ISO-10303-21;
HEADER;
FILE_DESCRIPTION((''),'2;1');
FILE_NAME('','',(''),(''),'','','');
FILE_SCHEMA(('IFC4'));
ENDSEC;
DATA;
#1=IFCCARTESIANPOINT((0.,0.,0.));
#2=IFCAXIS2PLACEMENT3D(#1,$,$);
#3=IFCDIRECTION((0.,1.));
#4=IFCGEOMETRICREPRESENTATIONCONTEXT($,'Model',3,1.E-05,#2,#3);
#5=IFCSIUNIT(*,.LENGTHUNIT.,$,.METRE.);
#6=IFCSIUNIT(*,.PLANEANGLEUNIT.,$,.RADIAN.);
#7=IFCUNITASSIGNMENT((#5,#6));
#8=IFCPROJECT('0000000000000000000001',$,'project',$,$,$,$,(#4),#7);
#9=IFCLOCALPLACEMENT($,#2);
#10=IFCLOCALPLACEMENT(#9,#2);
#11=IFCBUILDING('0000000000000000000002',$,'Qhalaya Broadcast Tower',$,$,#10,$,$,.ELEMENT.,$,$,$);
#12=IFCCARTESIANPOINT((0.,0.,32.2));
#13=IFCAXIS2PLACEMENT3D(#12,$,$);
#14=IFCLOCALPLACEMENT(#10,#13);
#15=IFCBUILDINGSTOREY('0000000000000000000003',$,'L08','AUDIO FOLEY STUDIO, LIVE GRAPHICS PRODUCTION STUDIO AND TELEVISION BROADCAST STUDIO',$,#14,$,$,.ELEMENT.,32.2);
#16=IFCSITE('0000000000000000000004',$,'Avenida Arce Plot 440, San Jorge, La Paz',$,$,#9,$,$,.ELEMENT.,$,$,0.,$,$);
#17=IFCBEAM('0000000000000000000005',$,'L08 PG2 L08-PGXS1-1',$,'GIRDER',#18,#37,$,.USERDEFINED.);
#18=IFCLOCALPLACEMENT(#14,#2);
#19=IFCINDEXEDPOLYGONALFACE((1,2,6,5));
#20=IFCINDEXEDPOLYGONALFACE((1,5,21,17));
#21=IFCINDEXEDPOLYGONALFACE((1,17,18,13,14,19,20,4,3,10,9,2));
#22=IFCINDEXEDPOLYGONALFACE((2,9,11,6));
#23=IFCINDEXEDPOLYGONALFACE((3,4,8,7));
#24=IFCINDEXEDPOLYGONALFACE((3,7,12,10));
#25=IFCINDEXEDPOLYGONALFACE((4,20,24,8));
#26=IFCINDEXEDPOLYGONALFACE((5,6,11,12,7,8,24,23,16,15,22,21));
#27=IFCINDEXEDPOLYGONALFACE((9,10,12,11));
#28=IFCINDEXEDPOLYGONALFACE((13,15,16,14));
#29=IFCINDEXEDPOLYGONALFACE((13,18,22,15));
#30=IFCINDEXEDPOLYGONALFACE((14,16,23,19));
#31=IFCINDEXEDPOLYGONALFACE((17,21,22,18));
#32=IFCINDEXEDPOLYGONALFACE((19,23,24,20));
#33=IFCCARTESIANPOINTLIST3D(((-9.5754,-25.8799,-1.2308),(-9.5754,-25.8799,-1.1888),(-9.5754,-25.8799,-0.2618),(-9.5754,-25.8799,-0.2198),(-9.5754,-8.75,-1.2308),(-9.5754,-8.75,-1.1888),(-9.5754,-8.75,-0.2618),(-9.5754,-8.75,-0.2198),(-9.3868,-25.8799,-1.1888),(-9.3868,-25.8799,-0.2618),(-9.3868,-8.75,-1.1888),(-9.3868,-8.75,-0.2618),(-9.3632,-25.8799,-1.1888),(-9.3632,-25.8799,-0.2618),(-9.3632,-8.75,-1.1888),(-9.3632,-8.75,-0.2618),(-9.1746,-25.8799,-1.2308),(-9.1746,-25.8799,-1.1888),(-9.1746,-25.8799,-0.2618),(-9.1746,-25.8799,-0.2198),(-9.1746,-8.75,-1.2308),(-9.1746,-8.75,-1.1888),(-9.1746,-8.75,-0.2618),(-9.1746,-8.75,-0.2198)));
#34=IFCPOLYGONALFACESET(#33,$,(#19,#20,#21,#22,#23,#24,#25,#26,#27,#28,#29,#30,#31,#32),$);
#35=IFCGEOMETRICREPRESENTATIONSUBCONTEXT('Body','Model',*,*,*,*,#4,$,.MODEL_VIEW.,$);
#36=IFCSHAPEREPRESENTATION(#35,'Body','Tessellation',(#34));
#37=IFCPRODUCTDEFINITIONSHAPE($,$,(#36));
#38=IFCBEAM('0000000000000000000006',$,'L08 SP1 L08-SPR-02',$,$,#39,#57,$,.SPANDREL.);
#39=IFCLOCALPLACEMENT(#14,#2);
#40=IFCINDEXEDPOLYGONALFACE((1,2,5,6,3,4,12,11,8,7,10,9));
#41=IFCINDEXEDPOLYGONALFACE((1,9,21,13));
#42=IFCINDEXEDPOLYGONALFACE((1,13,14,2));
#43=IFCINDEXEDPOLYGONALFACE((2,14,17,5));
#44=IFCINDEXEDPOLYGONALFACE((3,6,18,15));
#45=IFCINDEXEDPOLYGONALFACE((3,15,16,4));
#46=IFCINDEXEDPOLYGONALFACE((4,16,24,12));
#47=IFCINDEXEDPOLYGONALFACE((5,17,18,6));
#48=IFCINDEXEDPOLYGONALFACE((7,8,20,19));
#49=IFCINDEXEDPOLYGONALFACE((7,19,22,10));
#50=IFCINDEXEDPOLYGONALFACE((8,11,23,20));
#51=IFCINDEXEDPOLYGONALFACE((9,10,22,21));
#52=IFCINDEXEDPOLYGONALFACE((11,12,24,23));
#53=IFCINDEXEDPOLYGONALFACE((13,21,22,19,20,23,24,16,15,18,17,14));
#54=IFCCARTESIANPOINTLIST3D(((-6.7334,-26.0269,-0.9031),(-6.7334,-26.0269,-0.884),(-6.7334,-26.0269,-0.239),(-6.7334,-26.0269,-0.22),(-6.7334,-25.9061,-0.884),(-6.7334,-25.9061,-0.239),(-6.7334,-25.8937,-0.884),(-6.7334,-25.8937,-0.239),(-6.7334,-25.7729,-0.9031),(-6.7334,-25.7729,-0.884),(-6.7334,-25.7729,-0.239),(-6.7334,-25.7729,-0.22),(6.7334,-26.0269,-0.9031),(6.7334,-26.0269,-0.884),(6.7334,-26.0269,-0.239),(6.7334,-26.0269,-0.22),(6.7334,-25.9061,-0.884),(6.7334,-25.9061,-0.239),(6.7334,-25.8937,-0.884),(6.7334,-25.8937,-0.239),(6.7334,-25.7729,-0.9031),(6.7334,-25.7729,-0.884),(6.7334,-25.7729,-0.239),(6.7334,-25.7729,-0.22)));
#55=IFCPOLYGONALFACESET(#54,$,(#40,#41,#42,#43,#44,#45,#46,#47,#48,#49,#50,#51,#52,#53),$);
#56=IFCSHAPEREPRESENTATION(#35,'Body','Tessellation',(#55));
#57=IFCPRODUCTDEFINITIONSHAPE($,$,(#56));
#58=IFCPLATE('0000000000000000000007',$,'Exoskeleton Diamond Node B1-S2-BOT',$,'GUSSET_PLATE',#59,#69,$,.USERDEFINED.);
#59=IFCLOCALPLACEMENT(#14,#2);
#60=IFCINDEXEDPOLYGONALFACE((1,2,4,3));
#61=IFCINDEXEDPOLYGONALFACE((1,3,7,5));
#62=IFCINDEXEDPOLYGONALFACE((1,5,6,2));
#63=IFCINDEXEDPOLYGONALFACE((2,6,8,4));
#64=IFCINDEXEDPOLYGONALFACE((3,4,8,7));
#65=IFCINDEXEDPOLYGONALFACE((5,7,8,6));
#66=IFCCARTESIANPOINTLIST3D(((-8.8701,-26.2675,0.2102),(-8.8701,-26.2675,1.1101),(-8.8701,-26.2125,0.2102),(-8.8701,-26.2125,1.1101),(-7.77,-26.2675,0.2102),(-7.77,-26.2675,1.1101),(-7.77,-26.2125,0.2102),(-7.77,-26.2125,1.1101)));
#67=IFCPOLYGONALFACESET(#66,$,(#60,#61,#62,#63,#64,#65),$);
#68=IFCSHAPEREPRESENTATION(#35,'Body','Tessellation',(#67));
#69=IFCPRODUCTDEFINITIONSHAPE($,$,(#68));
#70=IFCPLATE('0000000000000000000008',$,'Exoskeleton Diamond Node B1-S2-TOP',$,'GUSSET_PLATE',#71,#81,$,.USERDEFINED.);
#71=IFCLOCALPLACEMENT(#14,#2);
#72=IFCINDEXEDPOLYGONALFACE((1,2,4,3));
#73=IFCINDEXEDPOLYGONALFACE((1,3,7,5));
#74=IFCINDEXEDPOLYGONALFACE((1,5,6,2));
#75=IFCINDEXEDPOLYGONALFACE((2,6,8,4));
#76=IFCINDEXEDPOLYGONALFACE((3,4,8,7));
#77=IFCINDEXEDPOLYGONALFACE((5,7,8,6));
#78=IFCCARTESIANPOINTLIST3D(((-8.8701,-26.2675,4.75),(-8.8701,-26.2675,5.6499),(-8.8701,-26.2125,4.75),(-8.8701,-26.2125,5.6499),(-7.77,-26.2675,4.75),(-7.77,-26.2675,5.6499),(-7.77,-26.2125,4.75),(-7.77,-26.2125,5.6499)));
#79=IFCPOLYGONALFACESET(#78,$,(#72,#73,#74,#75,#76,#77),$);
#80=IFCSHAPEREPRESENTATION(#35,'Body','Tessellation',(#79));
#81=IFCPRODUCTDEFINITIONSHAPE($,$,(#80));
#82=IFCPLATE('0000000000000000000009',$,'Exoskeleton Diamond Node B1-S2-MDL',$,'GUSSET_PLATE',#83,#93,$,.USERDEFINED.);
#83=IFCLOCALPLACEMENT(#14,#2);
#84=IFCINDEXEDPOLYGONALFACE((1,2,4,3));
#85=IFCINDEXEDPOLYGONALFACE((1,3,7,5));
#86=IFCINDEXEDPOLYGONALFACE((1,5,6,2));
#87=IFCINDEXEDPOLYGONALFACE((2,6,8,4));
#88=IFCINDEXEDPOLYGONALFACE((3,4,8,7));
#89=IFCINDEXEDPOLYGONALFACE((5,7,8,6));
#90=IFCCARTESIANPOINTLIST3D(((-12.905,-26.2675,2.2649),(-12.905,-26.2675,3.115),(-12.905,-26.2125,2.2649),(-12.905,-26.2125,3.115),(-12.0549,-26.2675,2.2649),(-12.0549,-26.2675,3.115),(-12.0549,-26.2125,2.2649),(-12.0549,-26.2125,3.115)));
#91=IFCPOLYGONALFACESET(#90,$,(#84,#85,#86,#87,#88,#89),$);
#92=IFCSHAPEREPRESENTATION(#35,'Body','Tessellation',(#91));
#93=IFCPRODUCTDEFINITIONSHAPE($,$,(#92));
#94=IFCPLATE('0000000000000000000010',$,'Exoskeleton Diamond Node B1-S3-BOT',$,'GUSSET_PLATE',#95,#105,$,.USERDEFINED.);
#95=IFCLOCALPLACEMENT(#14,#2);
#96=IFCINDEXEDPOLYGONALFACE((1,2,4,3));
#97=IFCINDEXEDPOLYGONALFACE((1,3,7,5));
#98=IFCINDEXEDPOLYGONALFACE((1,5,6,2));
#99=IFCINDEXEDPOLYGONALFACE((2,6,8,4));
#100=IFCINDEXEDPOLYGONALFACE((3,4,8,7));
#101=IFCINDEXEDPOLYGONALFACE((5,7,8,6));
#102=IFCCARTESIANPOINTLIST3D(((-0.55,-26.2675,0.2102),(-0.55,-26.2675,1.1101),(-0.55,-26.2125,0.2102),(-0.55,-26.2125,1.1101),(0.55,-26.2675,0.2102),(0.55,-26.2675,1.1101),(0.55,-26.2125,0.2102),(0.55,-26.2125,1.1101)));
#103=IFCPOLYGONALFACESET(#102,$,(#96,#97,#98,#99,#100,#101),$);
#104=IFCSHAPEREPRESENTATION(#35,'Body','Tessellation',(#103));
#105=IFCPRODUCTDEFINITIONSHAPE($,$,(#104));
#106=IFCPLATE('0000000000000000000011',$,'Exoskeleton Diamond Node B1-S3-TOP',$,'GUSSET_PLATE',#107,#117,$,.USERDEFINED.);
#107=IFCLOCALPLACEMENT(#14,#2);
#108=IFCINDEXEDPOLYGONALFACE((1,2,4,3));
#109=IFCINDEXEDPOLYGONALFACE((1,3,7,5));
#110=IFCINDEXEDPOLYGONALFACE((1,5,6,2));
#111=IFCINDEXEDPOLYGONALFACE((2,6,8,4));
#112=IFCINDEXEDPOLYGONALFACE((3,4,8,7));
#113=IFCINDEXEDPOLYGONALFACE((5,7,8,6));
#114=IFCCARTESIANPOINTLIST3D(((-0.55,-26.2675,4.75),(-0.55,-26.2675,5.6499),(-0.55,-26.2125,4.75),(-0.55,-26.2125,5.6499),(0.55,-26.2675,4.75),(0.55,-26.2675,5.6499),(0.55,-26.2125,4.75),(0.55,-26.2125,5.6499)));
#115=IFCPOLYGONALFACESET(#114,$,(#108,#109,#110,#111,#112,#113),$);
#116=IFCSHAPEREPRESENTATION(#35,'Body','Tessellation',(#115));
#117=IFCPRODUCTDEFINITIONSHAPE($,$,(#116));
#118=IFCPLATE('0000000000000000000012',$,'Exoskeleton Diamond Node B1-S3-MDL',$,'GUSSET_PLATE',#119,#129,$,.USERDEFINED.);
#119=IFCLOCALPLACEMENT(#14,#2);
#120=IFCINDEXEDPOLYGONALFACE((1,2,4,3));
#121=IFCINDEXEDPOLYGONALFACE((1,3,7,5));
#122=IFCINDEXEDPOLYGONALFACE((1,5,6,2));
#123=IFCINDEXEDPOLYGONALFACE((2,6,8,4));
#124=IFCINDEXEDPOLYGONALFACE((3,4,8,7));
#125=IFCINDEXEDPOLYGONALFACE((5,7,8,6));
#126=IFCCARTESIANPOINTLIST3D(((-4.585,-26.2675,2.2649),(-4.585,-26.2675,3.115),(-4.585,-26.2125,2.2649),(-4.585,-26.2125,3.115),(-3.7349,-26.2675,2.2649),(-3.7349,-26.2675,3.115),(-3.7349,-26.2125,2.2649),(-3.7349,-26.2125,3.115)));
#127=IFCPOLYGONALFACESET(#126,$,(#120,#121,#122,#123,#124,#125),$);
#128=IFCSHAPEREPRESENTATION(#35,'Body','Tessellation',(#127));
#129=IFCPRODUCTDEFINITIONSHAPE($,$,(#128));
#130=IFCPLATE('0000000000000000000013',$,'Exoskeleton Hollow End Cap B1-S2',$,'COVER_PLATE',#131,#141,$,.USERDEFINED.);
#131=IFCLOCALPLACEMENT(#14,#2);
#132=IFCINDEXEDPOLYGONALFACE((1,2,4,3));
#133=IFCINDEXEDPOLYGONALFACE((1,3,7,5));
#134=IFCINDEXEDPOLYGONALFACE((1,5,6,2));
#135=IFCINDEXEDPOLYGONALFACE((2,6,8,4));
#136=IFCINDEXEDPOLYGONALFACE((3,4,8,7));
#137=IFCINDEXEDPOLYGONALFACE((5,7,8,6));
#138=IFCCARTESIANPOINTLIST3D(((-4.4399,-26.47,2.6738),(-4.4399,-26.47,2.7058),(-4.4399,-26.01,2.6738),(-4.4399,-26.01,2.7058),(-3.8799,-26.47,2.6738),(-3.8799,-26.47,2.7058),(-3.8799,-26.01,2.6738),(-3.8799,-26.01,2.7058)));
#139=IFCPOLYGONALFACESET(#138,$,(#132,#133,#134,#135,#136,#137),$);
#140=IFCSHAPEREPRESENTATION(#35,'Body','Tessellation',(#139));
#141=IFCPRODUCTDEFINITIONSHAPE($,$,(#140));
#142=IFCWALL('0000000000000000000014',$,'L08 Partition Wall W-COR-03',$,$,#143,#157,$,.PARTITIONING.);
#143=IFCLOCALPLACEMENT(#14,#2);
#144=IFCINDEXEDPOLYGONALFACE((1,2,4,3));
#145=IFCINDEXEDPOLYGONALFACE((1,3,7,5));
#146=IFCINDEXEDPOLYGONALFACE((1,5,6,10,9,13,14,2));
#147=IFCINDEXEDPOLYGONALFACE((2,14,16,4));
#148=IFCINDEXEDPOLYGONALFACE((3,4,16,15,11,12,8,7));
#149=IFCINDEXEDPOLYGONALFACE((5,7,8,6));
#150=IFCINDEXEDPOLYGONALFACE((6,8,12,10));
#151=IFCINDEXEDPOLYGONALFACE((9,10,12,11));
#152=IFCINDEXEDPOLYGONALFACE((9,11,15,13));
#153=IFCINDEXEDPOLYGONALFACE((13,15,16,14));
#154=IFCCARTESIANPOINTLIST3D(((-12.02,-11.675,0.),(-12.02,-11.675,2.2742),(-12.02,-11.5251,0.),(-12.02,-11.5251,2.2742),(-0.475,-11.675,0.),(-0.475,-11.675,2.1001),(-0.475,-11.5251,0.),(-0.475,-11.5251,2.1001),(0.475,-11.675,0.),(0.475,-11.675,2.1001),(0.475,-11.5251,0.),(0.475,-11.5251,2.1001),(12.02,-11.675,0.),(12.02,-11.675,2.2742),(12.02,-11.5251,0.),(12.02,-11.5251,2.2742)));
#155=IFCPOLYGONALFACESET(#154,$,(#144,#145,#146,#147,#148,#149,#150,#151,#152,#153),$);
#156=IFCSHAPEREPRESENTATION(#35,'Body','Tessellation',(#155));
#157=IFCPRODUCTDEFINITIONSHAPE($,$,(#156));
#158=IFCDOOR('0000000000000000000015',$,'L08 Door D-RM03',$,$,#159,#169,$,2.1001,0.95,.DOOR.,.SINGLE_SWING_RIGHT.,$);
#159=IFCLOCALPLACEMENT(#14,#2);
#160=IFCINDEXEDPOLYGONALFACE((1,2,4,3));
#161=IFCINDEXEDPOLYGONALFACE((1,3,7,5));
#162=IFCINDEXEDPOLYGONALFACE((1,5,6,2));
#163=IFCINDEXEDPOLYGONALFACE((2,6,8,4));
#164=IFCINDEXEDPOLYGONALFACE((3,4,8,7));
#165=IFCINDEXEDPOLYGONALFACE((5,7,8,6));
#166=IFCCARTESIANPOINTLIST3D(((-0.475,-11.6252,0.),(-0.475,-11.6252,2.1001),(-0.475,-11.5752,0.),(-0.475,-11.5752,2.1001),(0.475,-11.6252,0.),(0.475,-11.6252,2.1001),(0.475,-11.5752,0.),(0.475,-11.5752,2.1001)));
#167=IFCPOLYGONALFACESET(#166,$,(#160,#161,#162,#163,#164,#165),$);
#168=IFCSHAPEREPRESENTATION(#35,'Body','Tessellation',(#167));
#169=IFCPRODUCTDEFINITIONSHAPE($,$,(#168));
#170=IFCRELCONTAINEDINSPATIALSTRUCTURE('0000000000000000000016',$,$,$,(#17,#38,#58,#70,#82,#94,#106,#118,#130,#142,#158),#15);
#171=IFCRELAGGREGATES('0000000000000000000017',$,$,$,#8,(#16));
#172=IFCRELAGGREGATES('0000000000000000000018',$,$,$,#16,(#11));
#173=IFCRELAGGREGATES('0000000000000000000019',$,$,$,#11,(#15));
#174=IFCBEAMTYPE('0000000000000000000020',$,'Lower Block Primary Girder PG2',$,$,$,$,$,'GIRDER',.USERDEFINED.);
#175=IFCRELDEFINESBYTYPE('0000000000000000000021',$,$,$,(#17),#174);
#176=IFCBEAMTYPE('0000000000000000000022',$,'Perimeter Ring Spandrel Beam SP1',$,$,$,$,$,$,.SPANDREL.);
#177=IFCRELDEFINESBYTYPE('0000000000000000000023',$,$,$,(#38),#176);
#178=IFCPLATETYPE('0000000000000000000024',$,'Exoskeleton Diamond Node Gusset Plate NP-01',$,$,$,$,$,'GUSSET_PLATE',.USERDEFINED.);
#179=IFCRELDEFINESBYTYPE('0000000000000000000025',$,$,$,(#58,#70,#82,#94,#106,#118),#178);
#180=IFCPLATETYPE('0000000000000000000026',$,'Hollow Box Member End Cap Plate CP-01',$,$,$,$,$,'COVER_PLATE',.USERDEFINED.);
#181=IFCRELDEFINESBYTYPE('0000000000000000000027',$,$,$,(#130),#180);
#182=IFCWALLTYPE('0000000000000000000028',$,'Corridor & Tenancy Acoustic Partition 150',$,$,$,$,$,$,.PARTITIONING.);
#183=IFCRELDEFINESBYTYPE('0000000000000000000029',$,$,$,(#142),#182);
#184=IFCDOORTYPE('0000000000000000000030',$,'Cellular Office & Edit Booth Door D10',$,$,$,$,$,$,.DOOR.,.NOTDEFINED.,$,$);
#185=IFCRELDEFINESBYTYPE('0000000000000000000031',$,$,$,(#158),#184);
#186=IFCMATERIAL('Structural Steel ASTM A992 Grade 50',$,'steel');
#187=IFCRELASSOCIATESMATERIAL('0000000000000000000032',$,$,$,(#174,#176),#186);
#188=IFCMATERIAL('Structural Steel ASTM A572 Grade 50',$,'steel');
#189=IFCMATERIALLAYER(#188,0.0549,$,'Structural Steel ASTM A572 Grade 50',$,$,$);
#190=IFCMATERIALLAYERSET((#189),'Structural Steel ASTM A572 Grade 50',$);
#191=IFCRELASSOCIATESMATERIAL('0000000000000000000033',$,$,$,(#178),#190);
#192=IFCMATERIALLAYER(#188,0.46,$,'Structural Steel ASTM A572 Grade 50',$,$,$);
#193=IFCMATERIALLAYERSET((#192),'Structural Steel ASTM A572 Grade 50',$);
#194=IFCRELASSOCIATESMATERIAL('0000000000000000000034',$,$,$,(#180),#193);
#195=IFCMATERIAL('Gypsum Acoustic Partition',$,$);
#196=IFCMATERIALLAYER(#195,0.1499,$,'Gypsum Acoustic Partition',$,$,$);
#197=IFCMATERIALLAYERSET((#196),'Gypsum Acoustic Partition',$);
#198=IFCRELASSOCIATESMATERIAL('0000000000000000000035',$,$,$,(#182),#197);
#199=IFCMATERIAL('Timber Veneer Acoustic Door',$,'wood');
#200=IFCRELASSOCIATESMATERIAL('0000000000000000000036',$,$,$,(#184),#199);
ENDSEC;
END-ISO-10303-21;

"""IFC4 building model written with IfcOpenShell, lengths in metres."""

from ifc_helpers import new_model, si_unit, direction, frame, frame_2d, origin, origin_2d, place, context, subcontext, project, spatial, rectangle, i_section, extrude, material, layer, layer_set, material_profile, profile_set, type_object, element, fill, save


model = new_model("IFC4")

# Units and contexts
model_context = context("Model", 3, precision=1e-05, world=origin(), true_north=direction((0.0, 1.0)))
body_context = subcontext(model_context, "Body", "Model", "MODEL_VIEW")
ifc_project = project(units=[si_unit("LENGTHUNIT", "METRE"), si_unit("PLANEANGLEUNIT", "RADIAN")], contexts=[model_context])

# Site, building, storey
site_placement = place(None, origin())
site = spatial("IfcSite", under=ifc_project, at=site_placement, Name="Avenida Arce Plot 440, San Jorge, La Paz", CompositionType="ELEMENT", RefElevation=0.0)
building_placement = place(site_placement, origin())
building = spatial("IfcBuilding", under=site, at=building_placement, Name="Qhalaya Broadcast Tower", CompositionType="ELEMENT")
storey_placement = place(building_placement, frame((0.0, 0.0, 32.2)))
storey = spatial("IfcBuildingStorey", under=building, at=storey_placement, Name="L08", Description="AUDIO FOLEY STUDIO, LIVE GRAPHICS PRODUCTION STUDIO AND TELEVISION BROADCAST STUDIO", CompositionType="ELEMENT", Elevation=32.2)

# Shared definitions
ifc_material_1 = material(Name="Structural Steel ASTM A572 Grade 50", Category="steel")

# Shared definitions
ifc_material_2 = material(Name="Structural Steel ASTM A992 Grade 50", Category="steel")

# Beams
ifc_material_profile_1 = material_profile(ifc_material_2, i_section(OverallWidth=0.4009, OverallDepth=1.011, WebThickness=0.0237, FlangeThickness=0.042, at=origin_2d()), Name="W40X297")
ifc_profile_set_1 = profile_set([ifc_material_profile_1], Name="Structural Steel ASTM A992 Grade 50")
beam_type_1 = type_object("IfcBeamType", Name="Lower Block Primary Girder PG2", ElementType="GIRDER", PredefinedType="USERDEFINED", material=ifc_profile_set_1)
beam_1_placement = place(storey_placement, frame((-9.375, -25.8799, -0.7253), z_axis=(0.0, 1.0, 0.0), x_axis=(-1.0, 0.0, 0.0)))
element("IfcBeam", 1, at=beam_1_placement, inside=storey, type_object=beam_type_1, Name="L08 PG2 L08-PGXS1-1", ObjectType="GIRDER", PredefinedType="USERDEFINED", context=body_context, shape_type="SweptSolid", body=[
    extrude(i_section(OverallWidth=0.4009, OverallDepth=1.011, WebThickness=0.0237, FlangeThickness=0.042, at=origin_2d()), origin(), (0.0, 0.0, 1.0), 17.1299),
])
ifc_material_profile_2 = material_profile(ifc_material_2, i_section(OverallWidth=0.2539, OverallDepth=0.6831, WebThickness=0.0125, FlangeThickness=0.019, at=origin_2d()), Name="W27X94")
ifc_profile_set_2 = profile_set([ifc_material_profile_2], Name="Structural Steel ASTM A992 Grade 50")
beam_type_2 = type_object("IfcBeamType", Name="Perimeter Ring Spandrel Beam SP1", PredefinedType="SPANDREL", material=ifc_profile_set_2)
beam_2_placement = place(storey_placement, frame((-6.7334, -25.8999, -0.5615), z_axis=(1.0, 0.0, 0.0), x_axis=(0.0, 1.0, 0.0)))
element("IfcBeam", 2, at=beam_2_placement, inside=storey, type_object=beam_type_2, Name="L08 SP1 L08-SPR-02", PredefinedType="SPANDREL", context=body_context, shape_type="SweptSolid", body=[
    extrude(i_section(OverallWidth=0.2539, OverallDepth=0.6831, WebThickness=0.0125, FlangeThickness=0.019, at=origin_2d()), origin(), (0.0, 0.0, 1.0), 13.4668),
])

# Plates
ifc_layer_1 = layer(ifc_material_1, 0.0549, Name="Structural Steel ASTM A572 Grade 50")
ifc_layer_set_1 = layer_set([ifc_layer_1], Name="Structural Steel ASTM A572 Grade 50")
plate_type_1 = type_object("IfcPlateType", Name="Exoskeleton Diamond Node Gusset Plate NP-01", ElementType="GUSSET_PLATE", PredefinedType="USERDEFINED", material=ifc_layer_set_1)
for number, where, z_axis, x_axis, name in (
    (3, (-8.3201, -26.24, 0.2102), (0.0, 0.0, 1.0), (1.0, 0.0, 0.0), "Exoskeleton Diamond Node B1-S2-BOT"),
    (4, (-8.3201, -26.24, 4.75), (0.0, 0.0, 1.0), (1.0, 0.0, 0.0), "Exoskeleton Diamond Node B1-S2-TOP"),
):
    element("IfcPlate", number, at=place(storey_placement, frame(where, z_axis=z_axis, x_axis=x_axis)), inside=storey, type_object=plate_type_1, Name=name, ObjectType="GUSSET_PLATE", PredefinedType="USERDEFINED", context=body_context, shape_type="SweptSolid", body=[
        extrude(rectangle(XDim=1.1001, YDim=0.0549, at=origin_2d()), origin(), (0.0, 0.0, 1.0), 0.8999),
    ])
plate_1_placement = place(storey_placement, frame((-12.48, -26.24, 2.2649), z_axis=(0.0, 0.0, 1.0), x_axis=(1.0, 0.0, 0.0)))
element("IfcPlate", 5, at=plate_1_placement, inside=storey, type_object=plate_type_1, Name="Exoskeleton Diamond Node B1-S2-MDL", ObjectType="GUSSET_PLATE", PredefinedType="USERDEFINED", context=body_context, shape_type="SweptSolid", body=[
    extrude(rectangle(XDim=0.8501, YDim=0.0549, at=origin_2d()), origin(), (0.0, 0.0, 1.0), 0.8501),
])
for number, where, z_axis, x_axis, name in (
    (6, (0.0, -26.24, 0.2102), (0.0, 0.0, 1.0), (1.0, 0.0, 0.0), "Exoskeleton Diamond Node B1-S3-BOT"),
    (7, (0.0, -26.24, 4.75), (0.0, 0.0, 1.0), (1.0, 0.0, 0.0), "Exoskeleton Diamond Node B1-S3-TOP"),
):
    element("IfcPlate", number, at=place(storey_placement, frame(where, z_axis=z_axis, x_axis=x_axis)), inside=storey, type_object=plate_type_1, Name=name, ObjectType="GUSSET_PLATE", PredefinedType="USERDEFINED", context=body_context, shape_type="SweptSolid", body=[
        extrude(rectangle(XDim=1.1001, YDim=0.0549, at=origin_2d()), origin(), (0.0, 0.0, 1.0), 0.8999),
    ])
plate_2_placement = place(storey_placement, frame((-4.1599, -26.24, 2.2649), z_axis=(0.0, 0.0, 1.0), x_axis=(1.0, 0.0, 0.0)))
element("IfcPlate", 8, at=plate_2_placement, inside=storey, type_object=plate_type_1, Name="Exoskeleton Diamond Node B1-S3-MDL", ObjectType="GUSSET_PLATE", PredefinedType="USERDEFINED", context=body_context, shape_type="SweptSolid", body=[
    extrude(rectangle(XDim=0.8501, YDim=0.0549, at=origin_2d()), origin(), (0.0, 0.0, 1.0), 0.8501),
])
ifc_layer_2 = layer(ifc_material_1, 0.46, Name="Structural Steel ASTM A572 Grade 50")
ifc_layer_set_2 = layer_set([ifc_layer_2], Name="Structural Steel ASTM A572 Grade 50")
plate_type_2 = type_object("IfcPlateType", Name="Hollow Box Member End Cap Plate CP-01", ElementType="COVER_PLATE", PredefinedType="USERDEFINED", material=ifc_layer_set_2)
plate_3_placement = place(storey_placement, frame((-4.1599, -26.24, 2.6738), z_axis=(0.0, 0.0, 1.0), x_axis=(1.0, 0.0, 0.0)))
element("IfcPlate", 9, at=plate_3_placement, inside=storey, type_object=plate_type_2, Name="Exoskeleton Hollow End Cap B1-S2", ObjectType="COVER_PLATE", PredefinedType="USERDEFINED", context=body_context, shape_type="SweptSolid", body=[
    extrude(rectangle(XDim=0.5601, YDim=0.46, at=origin_2d()), origin(), (0.0, 0.0, 1.0), 0.032),
])

# Wall, opening, door
ifc_material_3 = material(Name="Gypsum Acoustic Partition")
ifc_layer_3 = layer(ifc_material_3, 0.1499, Name="Gypsum Acoustic Partition")
ifc_layer_set_3 = layer_set([ifc_layer_3], Name="Gypsum Acoustic Partition")
wall_type_1 = type_object("IfcWallType", Name="Corridor & Tenancy Acoustic Partition 150", PredefinedType="PARTITIONING", material=ifc_layer_set_3)
wall_1_placement = place(storey_placement, frame((-12.02, -11.6001, 0.0), z_axis=(0.0, 0.0, 1.0), x_axis=(1.0, 0.0, 0.0)))
wall_1 = element("IfcWall", 10, at=wall_1_placement, inside=storey, type_object=wall_type_1, Name="L08 Partition Wall W-COR-03", PredefinedType="PARTITIONING", context=body_context, shape_type="SweptSolid", body=[
    extrude(rectangle(XDim=24.04, YDim=0.1499, at=frame_2d((12.02, 0.0))), origin(), (0.0, 0.0, 1.0), 2.2742),
])
opening_1_placement = place(wall_1_placement, frame((11.5449, 0.0, 0.0)))
opening_1 = element("IfcOpeningElement", 11, at=opening_1_placement, cuts=wall_1, PredefinedType="OPENING", context=body_context, shape_type="SweptSolid", body=[
    extrude(rectangle(XDim=0.95, YDim=2.1001, at=frame_2d((0.4751, 1.05))), frame((0.0, 0.0869, 0.0), z_axis=(0.0, -1.0, 0.0), x_axis=(1.0, 0.0, 0.0)), (0.0, 0.0, 1.0), 0.1738),
])
ifc_material_4 = material(Name="Timber Veneer Acoustic Door", Category="wood")
door_type = type_object("IfcDoorType", Name="Cellular Office & Edit Booth Door D10", OperationType="NOTDEFINED", PredefinedType="DOOR", material=ifc_material_4)
door_1_placement = place(opening_1_placement, origin())
door_1 = element("IfcDoor", 12, at=door_1_placement, inside=storey, type_object=door_type, Name="L08 Door D-RM03", OperationType="SINGLE_SWING_RIGHT", OverallHeight=2.1001, OverallWidth=0.95, PredefinedType="DOOR", context=body_context, shape_type="SweptSolid", body=[
    extrude(rectangle(XDim=0.95, YDim=2.1001, at=frame_2d((0.4751, 1.05))), frame((0.0, 0.0249, 0.0), z_axis=(0.0, -1.0, 0.0), x_axis=(1.0, 0.0, 0.0)), (0.0, 0.0, 1.0), 0.05),
])
fill(opening_1, door_1)

save(model, "model.ifc")
